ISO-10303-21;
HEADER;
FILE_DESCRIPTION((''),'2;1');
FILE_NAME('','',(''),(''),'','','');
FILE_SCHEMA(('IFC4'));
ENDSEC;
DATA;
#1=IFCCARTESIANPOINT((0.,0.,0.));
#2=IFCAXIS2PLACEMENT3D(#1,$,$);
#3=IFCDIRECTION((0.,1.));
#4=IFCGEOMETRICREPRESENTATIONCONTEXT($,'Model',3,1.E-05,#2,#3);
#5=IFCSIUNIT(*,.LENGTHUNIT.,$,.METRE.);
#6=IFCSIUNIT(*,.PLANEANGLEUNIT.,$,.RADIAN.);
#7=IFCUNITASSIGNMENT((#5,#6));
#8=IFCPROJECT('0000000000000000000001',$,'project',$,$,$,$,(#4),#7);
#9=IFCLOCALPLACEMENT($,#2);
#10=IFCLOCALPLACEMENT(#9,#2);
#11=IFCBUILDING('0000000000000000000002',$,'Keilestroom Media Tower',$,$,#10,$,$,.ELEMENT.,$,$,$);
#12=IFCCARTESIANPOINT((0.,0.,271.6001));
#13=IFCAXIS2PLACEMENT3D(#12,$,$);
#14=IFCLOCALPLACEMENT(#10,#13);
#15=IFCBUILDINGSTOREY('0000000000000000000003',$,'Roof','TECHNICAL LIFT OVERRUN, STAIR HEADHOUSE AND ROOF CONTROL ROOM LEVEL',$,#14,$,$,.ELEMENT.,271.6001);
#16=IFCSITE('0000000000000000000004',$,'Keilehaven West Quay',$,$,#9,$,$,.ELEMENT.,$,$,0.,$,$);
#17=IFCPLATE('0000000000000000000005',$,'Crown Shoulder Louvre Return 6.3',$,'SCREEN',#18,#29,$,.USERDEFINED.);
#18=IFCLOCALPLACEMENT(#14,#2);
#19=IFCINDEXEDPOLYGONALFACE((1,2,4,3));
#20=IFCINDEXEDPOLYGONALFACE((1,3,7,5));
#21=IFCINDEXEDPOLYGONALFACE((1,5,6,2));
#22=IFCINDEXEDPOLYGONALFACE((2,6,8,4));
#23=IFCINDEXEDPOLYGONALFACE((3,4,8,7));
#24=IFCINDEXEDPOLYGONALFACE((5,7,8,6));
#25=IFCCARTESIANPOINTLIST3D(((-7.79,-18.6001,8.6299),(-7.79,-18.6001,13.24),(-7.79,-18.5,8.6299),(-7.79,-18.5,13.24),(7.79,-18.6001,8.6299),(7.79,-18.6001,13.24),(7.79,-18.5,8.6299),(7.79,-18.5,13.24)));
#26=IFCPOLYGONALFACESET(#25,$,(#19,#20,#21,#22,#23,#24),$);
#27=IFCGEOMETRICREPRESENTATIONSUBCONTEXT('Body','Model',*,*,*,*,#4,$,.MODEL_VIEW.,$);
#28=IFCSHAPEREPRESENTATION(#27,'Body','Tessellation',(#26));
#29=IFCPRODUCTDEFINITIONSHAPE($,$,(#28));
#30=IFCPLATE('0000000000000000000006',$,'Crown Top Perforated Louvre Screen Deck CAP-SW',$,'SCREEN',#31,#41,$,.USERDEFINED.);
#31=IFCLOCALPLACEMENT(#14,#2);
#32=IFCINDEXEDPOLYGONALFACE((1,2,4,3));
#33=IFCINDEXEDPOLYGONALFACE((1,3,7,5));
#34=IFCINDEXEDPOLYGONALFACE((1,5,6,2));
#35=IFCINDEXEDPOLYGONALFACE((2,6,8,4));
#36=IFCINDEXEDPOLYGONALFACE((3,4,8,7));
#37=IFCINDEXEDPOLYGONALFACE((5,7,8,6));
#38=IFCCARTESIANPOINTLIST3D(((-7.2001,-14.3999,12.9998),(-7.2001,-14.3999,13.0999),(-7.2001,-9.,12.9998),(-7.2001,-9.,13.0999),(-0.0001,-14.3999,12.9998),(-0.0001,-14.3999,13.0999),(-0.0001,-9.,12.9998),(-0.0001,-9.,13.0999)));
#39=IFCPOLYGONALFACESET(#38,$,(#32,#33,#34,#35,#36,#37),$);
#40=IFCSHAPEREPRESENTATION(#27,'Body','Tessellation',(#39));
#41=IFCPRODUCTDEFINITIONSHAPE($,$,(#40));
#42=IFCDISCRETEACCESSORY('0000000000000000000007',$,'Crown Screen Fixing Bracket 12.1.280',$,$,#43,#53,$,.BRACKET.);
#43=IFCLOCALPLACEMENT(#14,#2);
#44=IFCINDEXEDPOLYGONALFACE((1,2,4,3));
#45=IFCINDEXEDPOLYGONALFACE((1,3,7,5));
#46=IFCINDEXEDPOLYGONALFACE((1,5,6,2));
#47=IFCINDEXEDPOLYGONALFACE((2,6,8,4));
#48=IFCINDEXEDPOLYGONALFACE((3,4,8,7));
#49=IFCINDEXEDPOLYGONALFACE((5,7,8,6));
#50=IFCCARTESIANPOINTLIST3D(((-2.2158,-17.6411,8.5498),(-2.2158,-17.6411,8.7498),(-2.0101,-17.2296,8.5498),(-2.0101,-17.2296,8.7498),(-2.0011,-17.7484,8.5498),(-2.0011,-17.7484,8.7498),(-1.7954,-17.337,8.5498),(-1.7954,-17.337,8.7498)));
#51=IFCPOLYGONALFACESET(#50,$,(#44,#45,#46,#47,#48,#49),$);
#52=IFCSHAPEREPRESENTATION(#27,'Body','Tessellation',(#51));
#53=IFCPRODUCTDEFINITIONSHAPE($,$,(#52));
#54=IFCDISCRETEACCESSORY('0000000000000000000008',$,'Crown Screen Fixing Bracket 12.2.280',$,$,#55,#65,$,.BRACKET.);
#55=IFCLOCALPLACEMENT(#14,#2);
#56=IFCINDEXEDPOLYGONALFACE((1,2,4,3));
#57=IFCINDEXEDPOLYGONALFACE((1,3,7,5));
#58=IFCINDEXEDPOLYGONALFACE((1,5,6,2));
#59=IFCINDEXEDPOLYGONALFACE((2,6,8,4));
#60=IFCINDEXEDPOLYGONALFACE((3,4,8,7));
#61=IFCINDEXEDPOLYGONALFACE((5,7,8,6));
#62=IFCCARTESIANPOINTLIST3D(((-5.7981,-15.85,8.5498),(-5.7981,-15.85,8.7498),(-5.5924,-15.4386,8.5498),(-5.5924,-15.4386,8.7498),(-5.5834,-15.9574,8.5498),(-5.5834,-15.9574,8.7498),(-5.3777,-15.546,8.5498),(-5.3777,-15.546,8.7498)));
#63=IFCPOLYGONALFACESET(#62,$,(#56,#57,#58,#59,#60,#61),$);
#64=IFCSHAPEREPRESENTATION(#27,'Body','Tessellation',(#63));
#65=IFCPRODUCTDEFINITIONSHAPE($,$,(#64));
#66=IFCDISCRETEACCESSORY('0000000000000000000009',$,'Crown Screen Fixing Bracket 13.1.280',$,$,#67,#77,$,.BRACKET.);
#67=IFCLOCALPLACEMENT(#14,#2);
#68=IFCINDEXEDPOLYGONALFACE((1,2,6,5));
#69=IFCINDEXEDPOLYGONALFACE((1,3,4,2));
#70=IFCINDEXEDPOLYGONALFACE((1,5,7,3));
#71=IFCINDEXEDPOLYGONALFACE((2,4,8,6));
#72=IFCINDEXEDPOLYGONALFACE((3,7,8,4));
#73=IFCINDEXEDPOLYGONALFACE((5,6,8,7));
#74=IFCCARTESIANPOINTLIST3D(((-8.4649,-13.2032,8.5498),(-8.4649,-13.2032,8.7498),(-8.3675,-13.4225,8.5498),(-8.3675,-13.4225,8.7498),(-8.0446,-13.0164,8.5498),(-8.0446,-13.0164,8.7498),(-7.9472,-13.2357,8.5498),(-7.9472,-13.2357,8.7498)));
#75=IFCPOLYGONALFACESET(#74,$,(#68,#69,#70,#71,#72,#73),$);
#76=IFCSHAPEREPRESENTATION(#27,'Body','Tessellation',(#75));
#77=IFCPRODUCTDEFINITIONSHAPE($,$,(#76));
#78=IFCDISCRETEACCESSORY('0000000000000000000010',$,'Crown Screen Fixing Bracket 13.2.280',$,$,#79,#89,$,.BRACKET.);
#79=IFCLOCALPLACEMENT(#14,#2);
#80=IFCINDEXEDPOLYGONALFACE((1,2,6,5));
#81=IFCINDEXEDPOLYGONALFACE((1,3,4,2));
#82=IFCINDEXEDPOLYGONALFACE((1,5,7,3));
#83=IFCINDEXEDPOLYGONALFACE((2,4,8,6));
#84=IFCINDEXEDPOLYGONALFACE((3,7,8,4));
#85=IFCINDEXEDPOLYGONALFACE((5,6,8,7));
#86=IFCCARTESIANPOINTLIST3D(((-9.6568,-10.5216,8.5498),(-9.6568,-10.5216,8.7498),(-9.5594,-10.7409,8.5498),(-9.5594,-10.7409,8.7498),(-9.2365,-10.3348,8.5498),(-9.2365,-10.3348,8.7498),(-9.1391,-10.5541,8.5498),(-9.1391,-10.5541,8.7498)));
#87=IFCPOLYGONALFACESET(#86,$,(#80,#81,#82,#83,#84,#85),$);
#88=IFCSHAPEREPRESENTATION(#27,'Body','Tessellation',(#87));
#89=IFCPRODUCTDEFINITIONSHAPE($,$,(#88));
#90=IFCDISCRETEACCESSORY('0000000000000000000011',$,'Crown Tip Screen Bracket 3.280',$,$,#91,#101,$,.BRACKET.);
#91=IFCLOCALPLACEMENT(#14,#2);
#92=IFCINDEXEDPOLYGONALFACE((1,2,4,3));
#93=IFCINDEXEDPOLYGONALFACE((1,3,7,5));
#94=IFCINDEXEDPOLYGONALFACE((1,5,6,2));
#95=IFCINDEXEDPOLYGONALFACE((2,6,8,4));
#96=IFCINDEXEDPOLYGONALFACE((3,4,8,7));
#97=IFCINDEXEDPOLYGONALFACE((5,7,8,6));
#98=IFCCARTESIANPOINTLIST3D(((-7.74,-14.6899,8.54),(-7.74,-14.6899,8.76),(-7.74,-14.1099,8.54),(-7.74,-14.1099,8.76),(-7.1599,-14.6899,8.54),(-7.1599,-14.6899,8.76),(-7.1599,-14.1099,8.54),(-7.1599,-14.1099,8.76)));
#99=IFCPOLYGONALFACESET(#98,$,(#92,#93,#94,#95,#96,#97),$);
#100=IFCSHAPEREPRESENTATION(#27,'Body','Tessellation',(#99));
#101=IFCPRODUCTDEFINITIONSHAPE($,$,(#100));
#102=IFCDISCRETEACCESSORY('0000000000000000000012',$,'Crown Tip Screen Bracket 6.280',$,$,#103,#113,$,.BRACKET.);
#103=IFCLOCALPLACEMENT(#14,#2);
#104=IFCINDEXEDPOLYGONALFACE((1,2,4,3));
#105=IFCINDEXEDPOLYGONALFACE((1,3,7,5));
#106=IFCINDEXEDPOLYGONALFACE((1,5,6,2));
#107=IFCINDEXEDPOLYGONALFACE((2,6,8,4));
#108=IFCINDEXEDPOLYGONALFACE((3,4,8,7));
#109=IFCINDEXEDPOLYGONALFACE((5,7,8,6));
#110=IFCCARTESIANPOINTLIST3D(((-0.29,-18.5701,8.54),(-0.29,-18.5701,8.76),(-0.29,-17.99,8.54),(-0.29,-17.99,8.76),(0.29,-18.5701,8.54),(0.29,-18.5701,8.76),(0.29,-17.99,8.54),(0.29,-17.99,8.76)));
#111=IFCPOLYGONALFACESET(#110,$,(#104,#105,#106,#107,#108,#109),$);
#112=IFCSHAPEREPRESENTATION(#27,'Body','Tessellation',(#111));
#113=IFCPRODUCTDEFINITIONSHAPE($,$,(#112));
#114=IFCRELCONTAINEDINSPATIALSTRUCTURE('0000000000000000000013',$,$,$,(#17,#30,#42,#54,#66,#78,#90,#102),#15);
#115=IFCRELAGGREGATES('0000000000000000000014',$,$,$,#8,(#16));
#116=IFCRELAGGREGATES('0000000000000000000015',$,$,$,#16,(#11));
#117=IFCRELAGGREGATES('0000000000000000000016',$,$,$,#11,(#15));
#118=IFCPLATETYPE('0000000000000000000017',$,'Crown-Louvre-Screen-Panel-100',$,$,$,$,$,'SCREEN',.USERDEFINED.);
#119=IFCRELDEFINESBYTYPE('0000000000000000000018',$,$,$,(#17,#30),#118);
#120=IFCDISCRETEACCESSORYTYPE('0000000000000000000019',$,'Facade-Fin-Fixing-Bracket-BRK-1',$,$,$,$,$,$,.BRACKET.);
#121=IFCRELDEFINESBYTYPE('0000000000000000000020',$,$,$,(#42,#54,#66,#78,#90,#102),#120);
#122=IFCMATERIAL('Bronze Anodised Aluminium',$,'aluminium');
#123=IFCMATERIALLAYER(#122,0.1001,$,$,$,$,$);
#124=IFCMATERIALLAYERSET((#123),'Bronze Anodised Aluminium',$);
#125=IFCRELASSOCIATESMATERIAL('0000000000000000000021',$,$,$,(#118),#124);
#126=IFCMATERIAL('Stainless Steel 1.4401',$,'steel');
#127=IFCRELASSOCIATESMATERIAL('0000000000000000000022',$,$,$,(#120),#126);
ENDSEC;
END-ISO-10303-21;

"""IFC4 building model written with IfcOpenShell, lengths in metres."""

from ifc_helpers import new_model, si_unit, direction, frame, origin, origin_2d, place, context, subcontext, project, spatial, rectangle, extrude, source, transform, mapped, material, layer, layer_set, type_object, element, save


model = new_model("IFC4")

# Units and contexts
model_context = context("Model", 3, precision=1e-05, world=origin(), true_north=direction((0.0, 1.0)))
body_context = subcontext(model_context, "Body", "Model", "MODEL_VIEW")
ifc_project = project(units=[si_unit("LENGTHUNIT", "METRE"), si_unit("PLANEANGLEUNIT", "RADIAN")], contexts=[model_context])

# Site, building, storey
site_placement = place(None, origin())
site = spatial("IfcSite", under=ifc_project, at=site_placement, Name="Keilehaven West Quay", CompositionType="ELEMENT", RefElevation=0.0)
building_placement = place(site_placement, origin())
building = spatial("IfcBuilding", under=site, at=building_placement, Name="Keilestroom Media Tower", CompositionType="ELEMENT")
storey_placement = place(building_placement, frame((0.0, 0.0, 271.6001)))
storey = spatial("IfcBuildingStorey", under=building, at=storey_placement, Name="Roof", Description="TECHNICAL LIFT OVERRUN, STAIR HEADHOUSE AND ROOF CONTROL ROOM LEVEL", CompositionType="ELEMENT", Elevation=271.6001)

# Plates
ifc_material_1 = material(Name="Bronze Anodised Aluminium", Category="aluminium")
ifc_layer_1 = layer(ifc_material_1, 0.1001)
ifc_layer_set_1 = layer_set([ifc_layer_1], Name="Bronze Anodised Aluminium")
plate_type_1 = type_object("IfcPlateType", Name="Crown-Louvre-Screen-Panel-100", ElementType="SCREEN", PredefinedType="USERDEFINED", material=ifc_layer_set_1)
shared_shape_1 = source(origin(), body_context, "Body", "SweptSolid", [
    extrude(rectangle(XDim=15.5801, YDim=0.1001, at=origin_2d()), origin(), (0.0, 0.0, 1.0), 4.6101),
])
plate_1_placement = place(storey_placement, frame((0.0, -18.55, 8.6299), z_axis=(0.0, 0.0, 1.0), x_axis=(1.0, 0.0, 0.0)))
element("IfcPlate", 1, at=plate_1_placement, inside=storey, type_object=plate_type_1, Name="Crown Shoulder Louvre Return 6.3", ObjectType="SCREEN", PredefinedType="USERDEFINED", context=body_context, shape_type="MappedRepresentation", body=[
    mapped(shared_shape_1, transform((0.0, 0.0, 0.0), x_axis=(1.0, 0.0, 0.0), y_axis=(0.0, 1.0, 0.0), z_axis=(0.0, 0.0, 1.0), scale=1.0)),
])
shared_shape_2 = source(origin(), body_context, "Body", "SweptSolid", [
    extrude(rectangle(XDim=7.2, YDim=5.3999, at=origin_2d()), origin(), (0.0, 0.0, 1.0), 0.1001),
])
plate_2_placement = place(storey_placement, frame((-3.6001, -11.7, 12.9998), z_axis=(0.0, 0.0, 1.0), x_axis=(1.0, 0.0, 0.0)))
element("IfcPlate", 2, at=plate_2_placement, inside=storey, type_object=plate_type_1, Name="Crown Top Perforated Louvre Screen Deck CAP-SW", ObjectType="SCREEN", PredefinedType="USERDEFINED", context=body_context, shape_type="MappedRepresentation", body=[
    mapped(shared_shape_2, transform((0.0, 0.0, 0.0), x_axis=(1.0, 0.0, 0.0), y_axis=(0.0, 1.0, 0.0), z_axis=(0.0, 0.0, 1.0), scale=1.0)),
])

# Discrete accessories
ifc_material_2 = material(Name="Stainless Steel 1.4401", Category="steel")
discrete_accessory_type = type_object("IfcDiscreteAccessoryType", Name="Facade-Fin-Fixing-Bracket-BRK-1", PredefinedType="BRACKET", material=ifc_material_2)
shared_shape_3 = source(origin(), body_context, "Body", "SweptSolid", [
    extrude(rectangle(XDim=0.24, YDim=0.46, at=origin_2d()), origin(), (0.0, 0.0, 1.0), 0.2),
])
for number, where, z_axis, x_axis, name in (
    (3, (-2.0056, -17.489, 8.5498), (0.0, 0.0, 1.0), (-0.894427, 0.447214, 0.0), "Crown Screen Fixing Bracket 12.1.280"),
    (4, (-5.5879, -15.698, 8.5498), (0.0, 0.0, 1.0), (-0.894427, 0.447214, 0.0), "Crown Screen Fixing Bracket 12.2.280"),
    (5, (-8.2061, -13.2195, 8.5498), (0.0, 0.0, 1.0), (-0.406139, 0.913811, 0.0), "Crown Screen Fixing Bracket 13.1.280"),
    (6, (-9.3979, -10.5378, 8.5498), (0.0, 0.0, 1.0), (-0.406139, 0.913811, 0.0), "Crown Screen Fixing Bracket 13.2.280"),
):
    element("IfcDiscreteAccessory", number, at=place(storey_placement, frame(where, z_axis=z_axis, x_axis=x_axis)), inside=storey, type_object=discrete_accessory_type, Name=name, PredefinedType="BRACKET", context=body_context, shape_type="MappedRepresentation", body=[
        mapped(shared_shape_3, transform((0.0, 0.0, 0.0), x_axis=(1.0, 0.0, 0.0), y_axis=(0.0, 1.0, 0.0), z_axis=(0.0, 0.0, 1.0), scale=1.0)),
    ])
shared_shape_4 = source(origin(), body_context, "Body", "SweptSolid", [
    extrude(rectangle(XDim=0.5801, YDim=0.5801, at=origin_2d()), origin(), (0.0, 0.0, 1.0), 0.22),
])
for number, where, z_axis, x_axis, name in (
    (7, (-7.45, -14.3999, 8.54), (0.0, 0.0, 1.0), (1.0, 0.0, 0.0), "Crown Tip Screen Bracket 3.280"),
    (8, (0.0, -18.28, 8.54), (0.0, 0.0, 1.0), (1.0, 0.0, 0.0), "Crown Tip Screen Bracket 6.280"),
):
    element("IfcDiscreteAccessory", number, at=place(storey_placement, frame(where, z_axis=z_axis, x_axis=x_axis)), inside=storey, type_object=discrete_accessory_type, Name=name, PredefinedType="BRACKET", context=body_context, shape_type="MappedRepresentation", body=[
        mapped(shared_shape_4, transform((0.0, 0.0, 0.0), x_axis=(1.0, 0.0, 0.0), y_axis=(0.0, 1.0, 0.0), z_axis=(0.0, 0.0, 1.0), scale=1.0)),
    ])

save(model, "model.ifc")
